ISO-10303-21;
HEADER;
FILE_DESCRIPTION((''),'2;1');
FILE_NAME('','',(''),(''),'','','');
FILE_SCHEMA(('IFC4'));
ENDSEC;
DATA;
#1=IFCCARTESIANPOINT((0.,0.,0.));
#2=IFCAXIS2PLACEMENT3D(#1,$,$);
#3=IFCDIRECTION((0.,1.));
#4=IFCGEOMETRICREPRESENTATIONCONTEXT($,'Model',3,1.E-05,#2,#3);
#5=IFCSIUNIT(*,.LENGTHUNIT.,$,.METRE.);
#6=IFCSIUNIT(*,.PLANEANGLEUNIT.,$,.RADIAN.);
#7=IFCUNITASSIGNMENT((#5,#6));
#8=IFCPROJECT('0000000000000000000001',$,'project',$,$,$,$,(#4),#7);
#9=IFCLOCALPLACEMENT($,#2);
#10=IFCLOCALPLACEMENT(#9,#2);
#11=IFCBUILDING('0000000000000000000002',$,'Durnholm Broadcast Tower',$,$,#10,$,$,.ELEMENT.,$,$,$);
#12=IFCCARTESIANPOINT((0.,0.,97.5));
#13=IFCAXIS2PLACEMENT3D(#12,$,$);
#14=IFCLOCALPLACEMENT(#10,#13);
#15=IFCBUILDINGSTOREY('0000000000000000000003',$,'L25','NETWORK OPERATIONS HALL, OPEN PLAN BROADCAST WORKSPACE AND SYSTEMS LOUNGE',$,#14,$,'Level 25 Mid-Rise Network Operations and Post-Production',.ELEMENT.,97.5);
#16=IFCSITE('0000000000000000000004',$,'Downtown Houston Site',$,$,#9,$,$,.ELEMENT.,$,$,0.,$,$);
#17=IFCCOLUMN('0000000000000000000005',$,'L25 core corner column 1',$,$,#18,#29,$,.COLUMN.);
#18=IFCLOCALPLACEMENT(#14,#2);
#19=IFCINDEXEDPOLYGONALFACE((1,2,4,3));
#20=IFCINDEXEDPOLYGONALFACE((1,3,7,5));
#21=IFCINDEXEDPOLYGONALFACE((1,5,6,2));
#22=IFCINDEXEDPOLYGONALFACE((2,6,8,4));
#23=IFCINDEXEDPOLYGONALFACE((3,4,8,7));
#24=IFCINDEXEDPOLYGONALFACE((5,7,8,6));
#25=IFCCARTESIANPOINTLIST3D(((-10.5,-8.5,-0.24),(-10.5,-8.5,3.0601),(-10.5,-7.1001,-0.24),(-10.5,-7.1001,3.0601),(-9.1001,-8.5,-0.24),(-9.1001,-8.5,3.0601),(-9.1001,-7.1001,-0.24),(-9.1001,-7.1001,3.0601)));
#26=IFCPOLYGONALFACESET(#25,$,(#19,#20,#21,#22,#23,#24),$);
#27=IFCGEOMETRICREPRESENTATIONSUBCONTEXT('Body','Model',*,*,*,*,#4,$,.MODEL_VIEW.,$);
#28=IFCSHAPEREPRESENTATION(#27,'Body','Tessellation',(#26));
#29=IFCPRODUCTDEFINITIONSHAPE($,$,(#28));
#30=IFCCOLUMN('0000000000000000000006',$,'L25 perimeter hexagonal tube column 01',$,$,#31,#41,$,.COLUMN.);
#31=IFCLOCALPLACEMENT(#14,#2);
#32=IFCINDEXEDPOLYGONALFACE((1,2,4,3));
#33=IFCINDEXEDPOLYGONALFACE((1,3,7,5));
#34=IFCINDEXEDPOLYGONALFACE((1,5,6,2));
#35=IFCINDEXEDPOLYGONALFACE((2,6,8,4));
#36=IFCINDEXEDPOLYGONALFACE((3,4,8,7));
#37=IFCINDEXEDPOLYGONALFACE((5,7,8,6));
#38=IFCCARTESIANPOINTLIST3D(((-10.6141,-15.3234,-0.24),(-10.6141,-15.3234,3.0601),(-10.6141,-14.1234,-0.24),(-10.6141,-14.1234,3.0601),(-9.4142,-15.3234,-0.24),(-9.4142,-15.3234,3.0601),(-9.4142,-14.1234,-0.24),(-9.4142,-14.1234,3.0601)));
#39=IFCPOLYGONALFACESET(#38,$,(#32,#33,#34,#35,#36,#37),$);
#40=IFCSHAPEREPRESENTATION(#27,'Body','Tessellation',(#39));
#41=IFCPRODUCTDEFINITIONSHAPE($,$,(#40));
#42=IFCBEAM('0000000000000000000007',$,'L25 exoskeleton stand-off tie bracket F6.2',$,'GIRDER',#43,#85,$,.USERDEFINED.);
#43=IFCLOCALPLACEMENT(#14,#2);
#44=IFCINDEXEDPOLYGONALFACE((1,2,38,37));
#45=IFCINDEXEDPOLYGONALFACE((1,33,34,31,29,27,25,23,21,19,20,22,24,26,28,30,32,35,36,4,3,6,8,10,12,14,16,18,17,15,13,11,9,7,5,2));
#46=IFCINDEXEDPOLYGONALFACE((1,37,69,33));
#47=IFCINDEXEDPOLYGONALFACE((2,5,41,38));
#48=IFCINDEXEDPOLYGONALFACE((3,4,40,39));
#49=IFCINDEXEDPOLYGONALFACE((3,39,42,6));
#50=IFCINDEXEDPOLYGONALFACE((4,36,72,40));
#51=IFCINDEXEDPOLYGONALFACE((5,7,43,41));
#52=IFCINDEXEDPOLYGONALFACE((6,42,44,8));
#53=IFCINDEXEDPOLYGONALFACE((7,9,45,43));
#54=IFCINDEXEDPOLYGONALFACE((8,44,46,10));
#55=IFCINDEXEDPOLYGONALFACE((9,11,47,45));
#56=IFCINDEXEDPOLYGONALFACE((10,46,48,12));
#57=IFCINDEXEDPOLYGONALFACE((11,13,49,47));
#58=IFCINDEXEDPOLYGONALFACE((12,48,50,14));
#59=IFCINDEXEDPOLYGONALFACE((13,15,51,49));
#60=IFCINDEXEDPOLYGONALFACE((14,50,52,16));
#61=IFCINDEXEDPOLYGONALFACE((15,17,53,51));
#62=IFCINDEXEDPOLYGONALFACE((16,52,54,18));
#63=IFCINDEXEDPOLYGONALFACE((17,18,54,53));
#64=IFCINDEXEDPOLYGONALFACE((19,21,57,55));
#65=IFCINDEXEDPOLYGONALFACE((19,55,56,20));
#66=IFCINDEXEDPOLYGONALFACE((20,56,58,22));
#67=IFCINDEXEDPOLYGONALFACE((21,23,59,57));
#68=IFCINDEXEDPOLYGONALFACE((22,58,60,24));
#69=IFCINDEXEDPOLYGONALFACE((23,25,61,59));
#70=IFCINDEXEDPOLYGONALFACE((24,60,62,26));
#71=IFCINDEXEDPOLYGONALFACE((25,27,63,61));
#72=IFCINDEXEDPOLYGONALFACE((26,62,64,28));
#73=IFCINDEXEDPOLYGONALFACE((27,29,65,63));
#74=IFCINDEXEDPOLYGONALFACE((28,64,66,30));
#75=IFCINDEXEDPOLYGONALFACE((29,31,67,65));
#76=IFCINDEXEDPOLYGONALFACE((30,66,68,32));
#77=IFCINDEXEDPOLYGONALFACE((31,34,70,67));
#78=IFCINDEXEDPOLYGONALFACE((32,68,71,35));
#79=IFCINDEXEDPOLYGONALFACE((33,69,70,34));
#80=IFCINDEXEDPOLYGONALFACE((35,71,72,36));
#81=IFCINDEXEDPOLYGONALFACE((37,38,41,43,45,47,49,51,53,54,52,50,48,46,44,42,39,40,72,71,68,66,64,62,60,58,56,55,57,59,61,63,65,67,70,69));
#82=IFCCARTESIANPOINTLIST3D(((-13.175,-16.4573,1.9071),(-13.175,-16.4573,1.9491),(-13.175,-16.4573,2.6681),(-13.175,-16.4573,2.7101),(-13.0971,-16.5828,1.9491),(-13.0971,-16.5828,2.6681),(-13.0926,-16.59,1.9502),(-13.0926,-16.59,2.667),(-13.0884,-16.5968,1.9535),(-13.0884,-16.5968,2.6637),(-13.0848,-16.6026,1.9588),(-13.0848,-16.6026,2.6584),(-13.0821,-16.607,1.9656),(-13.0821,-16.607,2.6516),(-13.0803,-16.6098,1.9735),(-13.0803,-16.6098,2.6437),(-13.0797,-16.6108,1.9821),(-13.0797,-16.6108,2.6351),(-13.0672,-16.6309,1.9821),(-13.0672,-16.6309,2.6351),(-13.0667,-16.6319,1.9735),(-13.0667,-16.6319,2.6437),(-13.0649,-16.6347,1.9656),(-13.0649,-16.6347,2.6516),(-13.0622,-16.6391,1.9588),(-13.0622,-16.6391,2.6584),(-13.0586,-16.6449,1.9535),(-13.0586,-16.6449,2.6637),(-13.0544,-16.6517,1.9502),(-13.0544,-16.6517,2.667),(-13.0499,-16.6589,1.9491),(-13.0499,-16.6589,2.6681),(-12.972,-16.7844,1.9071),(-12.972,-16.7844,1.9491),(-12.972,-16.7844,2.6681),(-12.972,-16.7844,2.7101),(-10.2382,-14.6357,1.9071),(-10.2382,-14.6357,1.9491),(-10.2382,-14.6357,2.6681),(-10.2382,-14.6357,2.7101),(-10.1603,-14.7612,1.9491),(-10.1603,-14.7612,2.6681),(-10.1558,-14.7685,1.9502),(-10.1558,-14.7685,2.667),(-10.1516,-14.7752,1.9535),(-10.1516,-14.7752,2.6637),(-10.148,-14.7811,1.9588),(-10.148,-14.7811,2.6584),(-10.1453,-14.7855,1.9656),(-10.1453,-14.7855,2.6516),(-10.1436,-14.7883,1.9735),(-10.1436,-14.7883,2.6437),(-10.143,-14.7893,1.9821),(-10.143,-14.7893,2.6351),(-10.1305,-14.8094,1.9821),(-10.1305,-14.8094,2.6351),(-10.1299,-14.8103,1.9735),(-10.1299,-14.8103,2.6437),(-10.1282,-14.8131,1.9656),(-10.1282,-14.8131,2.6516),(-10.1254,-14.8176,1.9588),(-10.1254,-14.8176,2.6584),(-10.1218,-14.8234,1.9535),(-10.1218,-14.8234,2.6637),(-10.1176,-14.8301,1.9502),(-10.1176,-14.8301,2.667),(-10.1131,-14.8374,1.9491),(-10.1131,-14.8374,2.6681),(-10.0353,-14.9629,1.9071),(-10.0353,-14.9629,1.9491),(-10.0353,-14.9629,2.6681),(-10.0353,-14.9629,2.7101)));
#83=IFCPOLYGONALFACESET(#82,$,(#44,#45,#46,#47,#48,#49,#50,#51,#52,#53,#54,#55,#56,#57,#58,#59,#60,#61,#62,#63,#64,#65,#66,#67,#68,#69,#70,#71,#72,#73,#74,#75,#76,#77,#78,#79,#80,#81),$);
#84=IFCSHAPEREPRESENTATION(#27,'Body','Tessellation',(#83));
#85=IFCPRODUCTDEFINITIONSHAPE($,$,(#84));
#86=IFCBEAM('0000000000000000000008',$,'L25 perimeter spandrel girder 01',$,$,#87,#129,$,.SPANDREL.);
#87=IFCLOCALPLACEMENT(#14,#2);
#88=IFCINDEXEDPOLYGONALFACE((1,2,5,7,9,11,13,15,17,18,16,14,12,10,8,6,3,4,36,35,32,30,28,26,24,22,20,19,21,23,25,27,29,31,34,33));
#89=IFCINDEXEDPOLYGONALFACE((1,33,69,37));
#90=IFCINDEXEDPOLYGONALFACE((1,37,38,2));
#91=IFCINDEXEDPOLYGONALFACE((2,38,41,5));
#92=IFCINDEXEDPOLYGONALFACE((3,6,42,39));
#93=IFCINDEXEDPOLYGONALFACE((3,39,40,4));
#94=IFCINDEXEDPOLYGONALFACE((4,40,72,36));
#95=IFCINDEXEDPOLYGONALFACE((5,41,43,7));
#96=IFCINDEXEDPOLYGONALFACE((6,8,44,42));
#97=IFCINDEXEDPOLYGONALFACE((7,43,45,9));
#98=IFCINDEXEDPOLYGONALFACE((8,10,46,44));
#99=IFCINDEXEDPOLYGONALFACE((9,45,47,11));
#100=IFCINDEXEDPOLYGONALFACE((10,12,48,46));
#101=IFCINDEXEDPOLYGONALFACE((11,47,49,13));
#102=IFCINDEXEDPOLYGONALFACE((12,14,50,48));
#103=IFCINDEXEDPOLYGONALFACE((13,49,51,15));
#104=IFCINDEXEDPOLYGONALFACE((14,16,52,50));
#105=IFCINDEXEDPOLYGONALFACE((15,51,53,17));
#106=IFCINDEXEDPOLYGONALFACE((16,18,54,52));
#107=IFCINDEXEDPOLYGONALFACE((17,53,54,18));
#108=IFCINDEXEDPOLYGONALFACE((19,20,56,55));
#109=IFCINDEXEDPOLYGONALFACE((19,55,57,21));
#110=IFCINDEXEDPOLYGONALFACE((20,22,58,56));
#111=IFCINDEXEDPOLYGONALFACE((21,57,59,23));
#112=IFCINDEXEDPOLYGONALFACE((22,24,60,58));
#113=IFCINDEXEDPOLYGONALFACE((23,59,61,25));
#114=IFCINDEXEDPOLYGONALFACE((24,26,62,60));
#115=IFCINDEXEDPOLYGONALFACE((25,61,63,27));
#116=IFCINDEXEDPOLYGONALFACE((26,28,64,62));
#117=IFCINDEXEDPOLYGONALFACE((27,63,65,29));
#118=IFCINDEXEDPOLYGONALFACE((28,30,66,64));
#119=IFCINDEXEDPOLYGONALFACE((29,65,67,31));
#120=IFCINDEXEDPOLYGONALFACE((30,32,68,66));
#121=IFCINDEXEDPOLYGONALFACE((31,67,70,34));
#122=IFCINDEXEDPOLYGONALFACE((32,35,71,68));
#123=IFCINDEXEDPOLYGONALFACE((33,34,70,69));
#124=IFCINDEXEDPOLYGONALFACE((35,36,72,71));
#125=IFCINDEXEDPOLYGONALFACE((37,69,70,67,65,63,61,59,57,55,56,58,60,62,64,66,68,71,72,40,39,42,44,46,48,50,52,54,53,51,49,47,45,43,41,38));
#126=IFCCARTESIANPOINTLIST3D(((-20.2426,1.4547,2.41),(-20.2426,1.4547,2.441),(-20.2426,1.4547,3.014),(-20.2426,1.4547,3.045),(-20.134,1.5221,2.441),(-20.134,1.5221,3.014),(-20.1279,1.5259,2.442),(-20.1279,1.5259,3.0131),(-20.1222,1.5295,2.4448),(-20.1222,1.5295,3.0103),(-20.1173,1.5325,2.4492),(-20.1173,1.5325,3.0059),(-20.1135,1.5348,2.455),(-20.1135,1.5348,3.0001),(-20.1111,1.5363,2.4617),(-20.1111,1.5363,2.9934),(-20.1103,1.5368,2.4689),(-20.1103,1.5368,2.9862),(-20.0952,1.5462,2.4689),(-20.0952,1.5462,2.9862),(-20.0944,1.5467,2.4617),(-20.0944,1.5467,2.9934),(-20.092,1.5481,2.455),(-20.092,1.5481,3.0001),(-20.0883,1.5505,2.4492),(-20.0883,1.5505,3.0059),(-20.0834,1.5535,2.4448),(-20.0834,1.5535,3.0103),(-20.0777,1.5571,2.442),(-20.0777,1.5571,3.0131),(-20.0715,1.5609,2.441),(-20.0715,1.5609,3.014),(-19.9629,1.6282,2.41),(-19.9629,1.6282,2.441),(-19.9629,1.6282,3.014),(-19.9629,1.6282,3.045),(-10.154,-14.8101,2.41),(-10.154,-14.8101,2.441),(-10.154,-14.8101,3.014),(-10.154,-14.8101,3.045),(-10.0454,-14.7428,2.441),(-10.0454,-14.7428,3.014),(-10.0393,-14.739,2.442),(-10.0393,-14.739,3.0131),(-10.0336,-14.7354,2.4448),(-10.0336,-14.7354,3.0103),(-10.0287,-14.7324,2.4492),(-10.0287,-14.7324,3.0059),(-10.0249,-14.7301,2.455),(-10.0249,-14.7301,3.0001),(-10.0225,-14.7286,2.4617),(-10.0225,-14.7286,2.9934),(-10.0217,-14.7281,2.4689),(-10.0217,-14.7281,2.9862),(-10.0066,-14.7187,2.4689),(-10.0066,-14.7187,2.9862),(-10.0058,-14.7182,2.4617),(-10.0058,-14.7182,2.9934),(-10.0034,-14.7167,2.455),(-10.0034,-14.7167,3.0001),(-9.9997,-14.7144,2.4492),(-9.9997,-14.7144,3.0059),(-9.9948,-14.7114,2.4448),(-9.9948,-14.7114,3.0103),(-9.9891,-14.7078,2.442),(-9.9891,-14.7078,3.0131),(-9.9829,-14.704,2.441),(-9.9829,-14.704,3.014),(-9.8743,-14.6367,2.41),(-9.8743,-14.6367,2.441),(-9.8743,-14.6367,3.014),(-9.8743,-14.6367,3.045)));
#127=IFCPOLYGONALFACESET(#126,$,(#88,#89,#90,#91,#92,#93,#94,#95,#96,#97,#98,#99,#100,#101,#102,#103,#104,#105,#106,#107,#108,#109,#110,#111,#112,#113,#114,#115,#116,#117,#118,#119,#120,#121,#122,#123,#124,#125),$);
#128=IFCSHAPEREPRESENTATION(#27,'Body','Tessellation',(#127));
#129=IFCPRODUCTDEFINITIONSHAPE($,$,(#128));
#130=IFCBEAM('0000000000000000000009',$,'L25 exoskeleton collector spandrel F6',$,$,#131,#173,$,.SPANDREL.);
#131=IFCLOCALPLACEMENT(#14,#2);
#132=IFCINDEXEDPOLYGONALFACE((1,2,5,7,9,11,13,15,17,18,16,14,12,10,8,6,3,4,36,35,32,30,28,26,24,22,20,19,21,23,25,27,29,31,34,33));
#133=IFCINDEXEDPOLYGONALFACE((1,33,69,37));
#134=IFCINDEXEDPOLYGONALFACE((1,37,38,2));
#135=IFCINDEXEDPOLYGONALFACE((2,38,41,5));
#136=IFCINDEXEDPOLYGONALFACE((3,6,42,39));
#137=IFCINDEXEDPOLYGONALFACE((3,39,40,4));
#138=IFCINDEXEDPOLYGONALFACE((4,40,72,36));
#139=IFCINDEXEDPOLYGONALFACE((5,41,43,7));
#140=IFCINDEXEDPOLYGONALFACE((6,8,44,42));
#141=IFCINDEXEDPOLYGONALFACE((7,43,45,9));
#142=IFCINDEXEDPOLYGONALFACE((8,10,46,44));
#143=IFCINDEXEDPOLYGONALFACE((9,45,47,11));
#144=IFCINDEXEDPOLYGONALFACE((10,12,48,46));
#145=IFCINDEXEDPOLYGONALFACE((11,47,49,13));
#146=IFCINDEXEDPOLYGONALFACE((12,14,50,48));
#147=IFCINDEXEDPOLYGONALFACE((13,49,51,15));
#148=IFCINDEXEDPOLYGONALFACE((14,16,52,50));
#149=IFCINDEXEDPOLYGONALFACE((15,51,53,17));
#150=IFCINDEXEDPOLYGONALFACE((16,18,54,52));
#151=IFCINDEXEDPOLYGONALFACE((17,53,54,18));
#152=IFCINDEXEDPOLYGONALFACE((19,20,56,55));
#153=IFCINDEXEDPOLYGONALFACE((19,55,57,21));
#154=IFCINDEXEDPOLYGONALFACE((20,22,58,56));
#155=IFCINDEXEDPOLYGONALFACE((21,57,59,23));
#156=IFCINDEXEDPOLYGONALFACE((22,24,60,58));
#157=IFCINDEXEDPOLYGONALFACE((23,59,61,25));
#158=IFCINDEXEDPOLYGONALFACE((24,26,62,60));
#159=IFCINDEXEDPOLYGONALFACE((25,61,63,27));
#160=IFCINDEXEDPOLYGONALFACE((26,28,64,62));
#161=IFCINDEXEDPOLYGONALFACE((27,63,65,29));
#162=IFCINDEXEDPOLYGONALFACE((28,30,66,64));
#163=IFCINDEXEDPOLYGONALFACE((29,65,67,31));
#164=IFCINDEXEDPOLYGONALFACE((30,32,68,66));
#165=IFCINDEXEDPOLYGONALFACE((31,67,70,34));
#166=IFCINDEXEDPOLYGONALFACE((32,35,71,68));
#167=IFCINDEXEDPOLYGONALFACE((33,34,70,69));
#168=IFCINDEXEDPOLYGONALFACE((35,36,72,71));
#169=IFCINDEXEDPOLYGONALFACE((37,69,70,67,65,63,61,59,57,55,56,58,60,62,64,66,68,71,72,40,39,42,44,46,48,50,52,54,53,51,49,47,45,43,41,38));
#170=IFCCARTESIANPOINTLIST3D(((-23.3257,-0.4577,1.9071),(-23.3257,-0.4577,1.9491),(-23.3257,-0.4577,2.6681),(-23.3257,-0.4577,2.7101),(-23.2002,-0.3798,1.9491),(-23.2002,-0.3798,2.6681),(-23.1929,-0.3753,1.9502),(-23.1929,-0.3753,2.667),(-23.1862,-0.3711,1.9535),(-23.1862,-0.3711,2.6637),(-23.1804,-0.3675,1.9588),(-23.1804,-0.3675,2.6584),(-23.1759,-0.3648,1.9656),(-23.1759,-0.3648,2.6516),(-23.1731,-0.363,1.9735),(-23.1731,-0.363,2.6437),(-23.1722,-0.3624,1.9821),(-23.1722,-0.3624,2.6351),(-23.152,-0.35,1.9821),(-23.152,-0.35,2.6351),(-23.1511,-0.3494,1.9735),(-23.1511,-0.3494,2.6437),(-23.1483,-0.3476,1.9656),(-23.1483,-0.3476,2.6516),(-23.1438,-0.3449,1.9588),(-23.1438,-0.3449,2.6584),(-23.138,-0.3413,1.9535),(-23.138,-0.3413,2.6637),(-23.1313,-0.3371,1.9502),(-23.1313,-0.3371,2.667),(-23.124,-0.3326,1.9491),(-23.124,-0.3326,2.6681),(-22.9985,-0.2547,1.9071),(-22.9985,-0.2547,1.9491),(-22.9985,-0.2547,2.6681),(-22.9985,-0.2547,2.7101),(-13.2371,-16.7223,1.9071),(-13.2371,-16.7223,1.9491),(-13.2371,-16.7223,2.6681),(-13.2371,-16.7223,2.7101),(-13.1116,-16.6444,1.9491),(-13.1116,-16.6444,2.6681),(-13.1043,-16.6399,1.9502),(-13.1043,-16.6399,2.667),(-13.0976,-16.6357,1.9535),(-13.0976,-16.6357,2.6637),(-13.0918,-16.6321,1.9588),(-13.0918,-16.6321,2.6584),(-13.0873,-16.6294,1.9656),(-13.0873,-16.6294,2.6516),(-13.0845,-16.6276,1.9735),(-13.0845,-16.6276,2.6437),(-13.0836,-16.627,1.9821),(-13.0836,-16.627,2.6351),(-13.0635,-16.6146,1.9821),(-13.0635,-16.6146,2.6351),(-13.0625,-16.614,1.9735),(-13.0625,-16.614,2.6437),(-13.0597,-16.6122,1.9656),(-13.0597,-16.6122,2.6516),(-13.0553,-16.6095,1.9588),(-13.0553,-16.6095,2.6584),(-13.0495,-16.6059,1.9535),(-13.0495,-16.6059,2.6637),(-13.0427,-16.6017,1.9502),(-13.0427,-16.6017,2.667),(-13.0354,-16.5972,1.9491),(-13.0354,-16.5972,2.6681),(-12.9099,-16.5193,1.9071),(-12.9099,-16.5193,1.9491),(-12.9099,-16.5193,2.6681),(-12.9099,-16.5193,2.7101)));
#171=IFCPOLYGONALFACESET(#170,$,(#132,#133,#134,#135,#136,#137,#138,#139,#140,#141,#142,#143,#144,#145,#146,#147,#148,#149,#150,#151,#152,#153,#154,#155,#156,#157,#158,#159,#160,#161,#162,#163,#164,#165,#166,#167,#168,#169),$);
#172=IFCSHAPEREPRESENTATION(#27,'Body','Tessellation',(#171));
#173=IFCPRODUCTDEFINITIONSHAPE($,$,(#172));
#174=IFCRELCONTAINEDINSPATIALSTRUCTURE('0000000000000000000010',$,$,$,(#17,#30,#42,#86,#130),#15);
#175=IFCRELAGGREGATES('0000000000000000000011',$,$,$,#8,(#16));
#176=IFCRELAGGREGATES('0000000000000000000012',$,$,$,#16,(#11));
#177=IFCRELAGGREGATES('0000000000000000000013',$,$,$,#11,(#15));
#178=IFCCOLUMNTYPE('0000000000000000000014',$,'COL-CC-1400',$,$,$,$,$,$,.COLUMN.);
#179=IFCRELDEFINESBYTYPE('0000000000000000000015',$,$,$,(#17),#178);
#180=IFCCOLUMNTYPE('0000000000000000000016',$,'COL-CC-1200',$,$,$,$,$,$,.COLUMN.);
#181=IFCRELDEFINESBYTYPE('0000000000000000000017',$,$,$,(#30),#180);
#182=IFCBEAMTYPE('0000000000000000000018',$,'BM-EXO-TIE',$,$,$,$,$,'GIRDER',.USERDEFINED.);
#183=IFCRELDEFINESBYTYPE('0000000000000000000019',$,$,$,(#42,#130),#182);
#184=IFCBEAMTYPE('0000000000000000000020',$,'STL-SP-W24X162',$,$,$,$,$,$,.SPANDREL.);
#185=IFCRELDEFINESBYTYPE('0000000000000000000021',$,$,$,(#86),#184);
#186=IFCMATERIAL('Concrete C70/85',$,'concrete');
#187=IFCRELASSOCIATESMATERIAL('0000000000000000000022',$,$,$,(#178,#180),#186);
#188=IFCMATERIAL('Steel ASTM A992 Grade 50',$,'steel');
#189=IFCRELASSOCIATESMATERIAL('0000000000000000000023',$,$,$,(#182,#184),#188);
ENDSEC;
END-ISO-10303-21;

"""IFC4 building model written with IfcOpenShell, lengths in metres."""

from ifc_helpers import new_model, si_unit, direction, frame, origin, origin_2d, place, context, subcontext, project, spatial, rectangle, i_section, extrude, source, transform, mapped, material, material_profile, profile_set, type_object, type_shapes, element, save


model = new_model("IFC4")

# Units and contexts
model_context = context("Model", 3, precision=1e-05, world=origin(), true_north=direction((0.0, 1.0)))
body_context = subcontext(model_context, "Body", "Model", "MODEL_VIEW")
ifc_project = project(units=[si_unit("LENGTHUNIT", "METRE"), si_unit("PLANEANGLEUNIT", "RADIAN")], contexts=[model_context])

# Site, building, storey
site_placement = place(None, origin())
site = spatial("IfcSite", under=ifc_project, at=site_placement, Name="Downtown Houston Site", CompositionType="ELEMENT", RefElevation=0.0)
building_placement = place(site_placement, origin())
building = spatial("IfcBuilding", under=site, at=building_placement, Name="Durnholm Broadcast Tower", CompositionType="ELEMENT")
storey_placement = place(building_placement, frame((0.0, 0.0, 97.5)))
storey = spatial("IfcBuildingStorey", under=building, at=storey_placement, Name="L25", Description="NETWORK OPERATIONS HALL, OPEN PLAN BROADCAST WORKSPACE AND SYSTEMS LOUNGE", LongName="Level 25 Mid-Rise Network Operations and Post-Production", CompositionType="ELEMENT", Elevation=97.5)

# Columns
ifc_material_1 = material(Name="Concrete C70/85", Category="concrete")
ifc_material_profile_1 = material_profile(ifc_material_1, rectangle(XDim=1.3999, YDim=1.3999, at=origin_2d()), Name="RC1400X1400")
ifc_profile_set_1 = profile_set([ifc_material_profile_1], Name="Concrete C70/85")
column_type_1 = type_object("IfcColumnType", Name="COL-CC-1400", PredefinedType="COLUMN", material=ifc_profile_set_1)
shared_shape_1 = source(origin(), body_context, "Body", "SweptSolid", [
    extrude(rectangle(XDim=1.3999, YDim=1.3999, at=origin_2d()), origin(), (0.0, 0.0, 1.0), 3.3),
])
type_shapes(column_type_1, [shared_shape_1])
column_1_placement = place(storey_placement, frame((-9.8, -7.8, -0.24), z_axis=(0.0, 0.0, 1.0), x_axis=(1.0, 0.0, 0.0)))
element("IfcColumn", 1, at=column_1_placement, inside=storey, type_object=column_type_1, Name="L25 core corner column 1", PredefinedType="COLUMN", context=body_context, shape_type="MappedRepresentation", body=[
    mapped(shared_shape_1, transform((0.0, 0.0, 0.0), x_axis=(1.0, 0.0, 0.0), y_axis=(0.0, 1.0, 0.0), z_axis=(0.0, 0.0, 1.0), scale=1.0)),
])
ifc_material_profile_2 = material_profile(ifc_material_1, rectangle(XDim=1.2, YDim=1.2, at=origin_2d()), Name="RC1200X1200")
ifc_profile_set_2 = profile_set([ifc_material_profile_2], Name="Concrete C70/85")
column_type_2 = type_object("IfcColumnType", Name="COL-CC-1200", PredefinedType="COLUMN", material=ifc_profile_set_2)
shared_shape_2 = source(origin(), body_context, "Body", "SweptSolid", [
    extrude(rectangle(XDim=1.2, YDim=1.2, at=origin_2d()), origin(), (0.0, 0.0, 1.0), 3.3),
])
type_shapes(column_type_2, [shared_shape_2])
column_2_placement = place(storey_placement, frame((-10.0142, -14.7234, -0.24), z_axis=(0.0, 0.0, 1.0), x_axis=(1.0, 0.0, 0.0)))
element("IfcColumn", 2, at=column_2_placement, inside=storey, type_object=column_type_2, Name="L25 perimeter hexagonal tube column 01", PredefinedType="COLUMN", context=body_context, shape_type="MappedRepresentation", body=[
    mapped(shared_shape_2, transform((0.0, 0.0, 0.0), x_axis=(1.0, 0.0, 0.0), y_axis=(0.0, 1.0, 0.0), z_axis=(0.0, 0.0, 1.0), scale=1.0)),
])

# Beams
ifc_material_2 = material(Name="Steel ASTM A992 Grade 50", Category="steel")
ifc_material_profile_3 = material_profile(ifc_material_2, i_section(OverallWidth=0.385, OverallDepth=0.803, WebThickness=0.0237, FlangeThickness=0.042, FilletRadius=0.033, at=origin_2d()), Name="W30X261")
ifc_profile_set_3 = profile_set([ifc_material_profile_3], Name="Steel ASTM A992 Grade 50")
beam_type_1 = type_object("IfcBeamType", Name="BM-EXO-TIE", ElementType="GIRDER", PredefinedType="USERDEFINED", material=ifc_profile_set_3)
shared_shape_3 = source(origin(), body_context, "Body", "SweptSolid", [
    extrude(i_section(OverallWidth=0.385, OverallDepth=0.803, WebThickness=0.0237, FlangeThickness=0.042, FilletRadius=0.033, at=origin_2d()), origin(), (0.0, 0.0, 1.0), 3.4558),
])
beam_1_placement = place(storey_placement, frame((-10.1367, -14.7993, 2.3086), z_axis=(-0.849807, -0.527094, 0.0), x_axis=(0.527094, -0.849807, 0.0)))
element("IfcBeam", 3, at=beam_1_placement, inside=storey, type_object=beam_type_1, Name="L25 exoskeleton stand-off tie bracket F6.2", ObjectType="GIRDER", PredefinedType="USERDEFINED", context=body_context, shape_type="MappedRepresentation", body=[
    mapped(shared_shape_3, transform((0.0, 0.0, 0.0), x_axis=(1.0, 0.0, 0.0), y_axis=(0.0, 1.0, 0.0), z_axis=(0.0, 0.0, 1.0), scale=1.0)),
])
ifc_material_profile_4 = material_profile(ifc_material_2, i_section(OverallWidth=0.3291, OverallDepth=0.635, WebThickness=0.0178, FlangeThickness=0.031, FilletRadius=0.0278, at=origin_2d()), Name="W24X162")
ifc_profile_set_4 = profile_set([ifc_material_profile_4], Name="Steel ASTM A992 Grade 50")
beam_type_2 = type_object("IfcBeamType", Name="STL-SP-W24X162", PredefinedType="SPANDREL", material=ifc_profile_set_4)
shared_shape_4 = source(origin(), body_context, "Body", "SweptSolid", [
    extrude(i_section(OverallWidth=0.3291, OverallDepth=0.635, WebThickness=0.0178, FlangeThickness=0.031, FilletRadius=0.0278, at=origin_2d()), origin(), (0.0, 0.0, 1.0), 19.1396),
])
type_shapes(beam_type_2, [shared_shape_4])
beam_2_placement = place(storey_placement, frame((-10.0142, -14.7234, 2.7275), z_axis=(-0.527105, 0.8498, 0.0), x_axis=(-0.8498, -0.527105, 0.0)))
element("IfcBeam", 4, at=beam_2_placement, inside=storey, type_object=beam_type_2, Name="L25 perimeter spandrel girder 01", PredefinedType="SPANDREL", context=body_context, shape_type="MappedRepresentation", body=[
    mapped(shared_shape_4, transform((0.0, 0.0, 0.0), x_axis=(1.0, 0.0, 0.0), y_axis=(0.0, 1.0, 0.0), z_axis=(0.0, 0.0, 1.0), scale=1.0)),
])
shared_shape_5 = source(origin(), body_context, "Body", "SweptSolid", [
    extrude(i_section(OverallWidth=0.385, OverallDepth=0.803, WebThickness=0.0237, FlangeThickness=0.042, FilletRadius=0.033, at=origin_2d()), origin(), (0.0, 0.0, 1.0), 19.1394),
])
type_shapes(beam_type_1, [shared_shape_3, shared_shape_5])
beam_3_placement = place(storey_placement, frame((-23.1621, -0.3562, 2.3086), z_axis=(0.527111, -0.849796, 0.0), x_axis=(0.849796, 0.527111, 0.0)))
element("IfcBeam", 5, at=beam_3_placement, inside=storey, type_object=beam_type_1, Name="L25 exoskeleton collector spandrel F6", PredefinedType="SPANDREL", context=body_context, shape_type="MappedRepresentation", body=[
    mapped(shared_shape_5, transform((0.0, 0.0, 0.0), x_axis=(1.0, 0.0, 0.0), y_axis=(0.0, 1.0, 0.0), z_axis=(0.0, 0.0, 1.0), scale=1.0)),
])

save(model, "model.ifc")
